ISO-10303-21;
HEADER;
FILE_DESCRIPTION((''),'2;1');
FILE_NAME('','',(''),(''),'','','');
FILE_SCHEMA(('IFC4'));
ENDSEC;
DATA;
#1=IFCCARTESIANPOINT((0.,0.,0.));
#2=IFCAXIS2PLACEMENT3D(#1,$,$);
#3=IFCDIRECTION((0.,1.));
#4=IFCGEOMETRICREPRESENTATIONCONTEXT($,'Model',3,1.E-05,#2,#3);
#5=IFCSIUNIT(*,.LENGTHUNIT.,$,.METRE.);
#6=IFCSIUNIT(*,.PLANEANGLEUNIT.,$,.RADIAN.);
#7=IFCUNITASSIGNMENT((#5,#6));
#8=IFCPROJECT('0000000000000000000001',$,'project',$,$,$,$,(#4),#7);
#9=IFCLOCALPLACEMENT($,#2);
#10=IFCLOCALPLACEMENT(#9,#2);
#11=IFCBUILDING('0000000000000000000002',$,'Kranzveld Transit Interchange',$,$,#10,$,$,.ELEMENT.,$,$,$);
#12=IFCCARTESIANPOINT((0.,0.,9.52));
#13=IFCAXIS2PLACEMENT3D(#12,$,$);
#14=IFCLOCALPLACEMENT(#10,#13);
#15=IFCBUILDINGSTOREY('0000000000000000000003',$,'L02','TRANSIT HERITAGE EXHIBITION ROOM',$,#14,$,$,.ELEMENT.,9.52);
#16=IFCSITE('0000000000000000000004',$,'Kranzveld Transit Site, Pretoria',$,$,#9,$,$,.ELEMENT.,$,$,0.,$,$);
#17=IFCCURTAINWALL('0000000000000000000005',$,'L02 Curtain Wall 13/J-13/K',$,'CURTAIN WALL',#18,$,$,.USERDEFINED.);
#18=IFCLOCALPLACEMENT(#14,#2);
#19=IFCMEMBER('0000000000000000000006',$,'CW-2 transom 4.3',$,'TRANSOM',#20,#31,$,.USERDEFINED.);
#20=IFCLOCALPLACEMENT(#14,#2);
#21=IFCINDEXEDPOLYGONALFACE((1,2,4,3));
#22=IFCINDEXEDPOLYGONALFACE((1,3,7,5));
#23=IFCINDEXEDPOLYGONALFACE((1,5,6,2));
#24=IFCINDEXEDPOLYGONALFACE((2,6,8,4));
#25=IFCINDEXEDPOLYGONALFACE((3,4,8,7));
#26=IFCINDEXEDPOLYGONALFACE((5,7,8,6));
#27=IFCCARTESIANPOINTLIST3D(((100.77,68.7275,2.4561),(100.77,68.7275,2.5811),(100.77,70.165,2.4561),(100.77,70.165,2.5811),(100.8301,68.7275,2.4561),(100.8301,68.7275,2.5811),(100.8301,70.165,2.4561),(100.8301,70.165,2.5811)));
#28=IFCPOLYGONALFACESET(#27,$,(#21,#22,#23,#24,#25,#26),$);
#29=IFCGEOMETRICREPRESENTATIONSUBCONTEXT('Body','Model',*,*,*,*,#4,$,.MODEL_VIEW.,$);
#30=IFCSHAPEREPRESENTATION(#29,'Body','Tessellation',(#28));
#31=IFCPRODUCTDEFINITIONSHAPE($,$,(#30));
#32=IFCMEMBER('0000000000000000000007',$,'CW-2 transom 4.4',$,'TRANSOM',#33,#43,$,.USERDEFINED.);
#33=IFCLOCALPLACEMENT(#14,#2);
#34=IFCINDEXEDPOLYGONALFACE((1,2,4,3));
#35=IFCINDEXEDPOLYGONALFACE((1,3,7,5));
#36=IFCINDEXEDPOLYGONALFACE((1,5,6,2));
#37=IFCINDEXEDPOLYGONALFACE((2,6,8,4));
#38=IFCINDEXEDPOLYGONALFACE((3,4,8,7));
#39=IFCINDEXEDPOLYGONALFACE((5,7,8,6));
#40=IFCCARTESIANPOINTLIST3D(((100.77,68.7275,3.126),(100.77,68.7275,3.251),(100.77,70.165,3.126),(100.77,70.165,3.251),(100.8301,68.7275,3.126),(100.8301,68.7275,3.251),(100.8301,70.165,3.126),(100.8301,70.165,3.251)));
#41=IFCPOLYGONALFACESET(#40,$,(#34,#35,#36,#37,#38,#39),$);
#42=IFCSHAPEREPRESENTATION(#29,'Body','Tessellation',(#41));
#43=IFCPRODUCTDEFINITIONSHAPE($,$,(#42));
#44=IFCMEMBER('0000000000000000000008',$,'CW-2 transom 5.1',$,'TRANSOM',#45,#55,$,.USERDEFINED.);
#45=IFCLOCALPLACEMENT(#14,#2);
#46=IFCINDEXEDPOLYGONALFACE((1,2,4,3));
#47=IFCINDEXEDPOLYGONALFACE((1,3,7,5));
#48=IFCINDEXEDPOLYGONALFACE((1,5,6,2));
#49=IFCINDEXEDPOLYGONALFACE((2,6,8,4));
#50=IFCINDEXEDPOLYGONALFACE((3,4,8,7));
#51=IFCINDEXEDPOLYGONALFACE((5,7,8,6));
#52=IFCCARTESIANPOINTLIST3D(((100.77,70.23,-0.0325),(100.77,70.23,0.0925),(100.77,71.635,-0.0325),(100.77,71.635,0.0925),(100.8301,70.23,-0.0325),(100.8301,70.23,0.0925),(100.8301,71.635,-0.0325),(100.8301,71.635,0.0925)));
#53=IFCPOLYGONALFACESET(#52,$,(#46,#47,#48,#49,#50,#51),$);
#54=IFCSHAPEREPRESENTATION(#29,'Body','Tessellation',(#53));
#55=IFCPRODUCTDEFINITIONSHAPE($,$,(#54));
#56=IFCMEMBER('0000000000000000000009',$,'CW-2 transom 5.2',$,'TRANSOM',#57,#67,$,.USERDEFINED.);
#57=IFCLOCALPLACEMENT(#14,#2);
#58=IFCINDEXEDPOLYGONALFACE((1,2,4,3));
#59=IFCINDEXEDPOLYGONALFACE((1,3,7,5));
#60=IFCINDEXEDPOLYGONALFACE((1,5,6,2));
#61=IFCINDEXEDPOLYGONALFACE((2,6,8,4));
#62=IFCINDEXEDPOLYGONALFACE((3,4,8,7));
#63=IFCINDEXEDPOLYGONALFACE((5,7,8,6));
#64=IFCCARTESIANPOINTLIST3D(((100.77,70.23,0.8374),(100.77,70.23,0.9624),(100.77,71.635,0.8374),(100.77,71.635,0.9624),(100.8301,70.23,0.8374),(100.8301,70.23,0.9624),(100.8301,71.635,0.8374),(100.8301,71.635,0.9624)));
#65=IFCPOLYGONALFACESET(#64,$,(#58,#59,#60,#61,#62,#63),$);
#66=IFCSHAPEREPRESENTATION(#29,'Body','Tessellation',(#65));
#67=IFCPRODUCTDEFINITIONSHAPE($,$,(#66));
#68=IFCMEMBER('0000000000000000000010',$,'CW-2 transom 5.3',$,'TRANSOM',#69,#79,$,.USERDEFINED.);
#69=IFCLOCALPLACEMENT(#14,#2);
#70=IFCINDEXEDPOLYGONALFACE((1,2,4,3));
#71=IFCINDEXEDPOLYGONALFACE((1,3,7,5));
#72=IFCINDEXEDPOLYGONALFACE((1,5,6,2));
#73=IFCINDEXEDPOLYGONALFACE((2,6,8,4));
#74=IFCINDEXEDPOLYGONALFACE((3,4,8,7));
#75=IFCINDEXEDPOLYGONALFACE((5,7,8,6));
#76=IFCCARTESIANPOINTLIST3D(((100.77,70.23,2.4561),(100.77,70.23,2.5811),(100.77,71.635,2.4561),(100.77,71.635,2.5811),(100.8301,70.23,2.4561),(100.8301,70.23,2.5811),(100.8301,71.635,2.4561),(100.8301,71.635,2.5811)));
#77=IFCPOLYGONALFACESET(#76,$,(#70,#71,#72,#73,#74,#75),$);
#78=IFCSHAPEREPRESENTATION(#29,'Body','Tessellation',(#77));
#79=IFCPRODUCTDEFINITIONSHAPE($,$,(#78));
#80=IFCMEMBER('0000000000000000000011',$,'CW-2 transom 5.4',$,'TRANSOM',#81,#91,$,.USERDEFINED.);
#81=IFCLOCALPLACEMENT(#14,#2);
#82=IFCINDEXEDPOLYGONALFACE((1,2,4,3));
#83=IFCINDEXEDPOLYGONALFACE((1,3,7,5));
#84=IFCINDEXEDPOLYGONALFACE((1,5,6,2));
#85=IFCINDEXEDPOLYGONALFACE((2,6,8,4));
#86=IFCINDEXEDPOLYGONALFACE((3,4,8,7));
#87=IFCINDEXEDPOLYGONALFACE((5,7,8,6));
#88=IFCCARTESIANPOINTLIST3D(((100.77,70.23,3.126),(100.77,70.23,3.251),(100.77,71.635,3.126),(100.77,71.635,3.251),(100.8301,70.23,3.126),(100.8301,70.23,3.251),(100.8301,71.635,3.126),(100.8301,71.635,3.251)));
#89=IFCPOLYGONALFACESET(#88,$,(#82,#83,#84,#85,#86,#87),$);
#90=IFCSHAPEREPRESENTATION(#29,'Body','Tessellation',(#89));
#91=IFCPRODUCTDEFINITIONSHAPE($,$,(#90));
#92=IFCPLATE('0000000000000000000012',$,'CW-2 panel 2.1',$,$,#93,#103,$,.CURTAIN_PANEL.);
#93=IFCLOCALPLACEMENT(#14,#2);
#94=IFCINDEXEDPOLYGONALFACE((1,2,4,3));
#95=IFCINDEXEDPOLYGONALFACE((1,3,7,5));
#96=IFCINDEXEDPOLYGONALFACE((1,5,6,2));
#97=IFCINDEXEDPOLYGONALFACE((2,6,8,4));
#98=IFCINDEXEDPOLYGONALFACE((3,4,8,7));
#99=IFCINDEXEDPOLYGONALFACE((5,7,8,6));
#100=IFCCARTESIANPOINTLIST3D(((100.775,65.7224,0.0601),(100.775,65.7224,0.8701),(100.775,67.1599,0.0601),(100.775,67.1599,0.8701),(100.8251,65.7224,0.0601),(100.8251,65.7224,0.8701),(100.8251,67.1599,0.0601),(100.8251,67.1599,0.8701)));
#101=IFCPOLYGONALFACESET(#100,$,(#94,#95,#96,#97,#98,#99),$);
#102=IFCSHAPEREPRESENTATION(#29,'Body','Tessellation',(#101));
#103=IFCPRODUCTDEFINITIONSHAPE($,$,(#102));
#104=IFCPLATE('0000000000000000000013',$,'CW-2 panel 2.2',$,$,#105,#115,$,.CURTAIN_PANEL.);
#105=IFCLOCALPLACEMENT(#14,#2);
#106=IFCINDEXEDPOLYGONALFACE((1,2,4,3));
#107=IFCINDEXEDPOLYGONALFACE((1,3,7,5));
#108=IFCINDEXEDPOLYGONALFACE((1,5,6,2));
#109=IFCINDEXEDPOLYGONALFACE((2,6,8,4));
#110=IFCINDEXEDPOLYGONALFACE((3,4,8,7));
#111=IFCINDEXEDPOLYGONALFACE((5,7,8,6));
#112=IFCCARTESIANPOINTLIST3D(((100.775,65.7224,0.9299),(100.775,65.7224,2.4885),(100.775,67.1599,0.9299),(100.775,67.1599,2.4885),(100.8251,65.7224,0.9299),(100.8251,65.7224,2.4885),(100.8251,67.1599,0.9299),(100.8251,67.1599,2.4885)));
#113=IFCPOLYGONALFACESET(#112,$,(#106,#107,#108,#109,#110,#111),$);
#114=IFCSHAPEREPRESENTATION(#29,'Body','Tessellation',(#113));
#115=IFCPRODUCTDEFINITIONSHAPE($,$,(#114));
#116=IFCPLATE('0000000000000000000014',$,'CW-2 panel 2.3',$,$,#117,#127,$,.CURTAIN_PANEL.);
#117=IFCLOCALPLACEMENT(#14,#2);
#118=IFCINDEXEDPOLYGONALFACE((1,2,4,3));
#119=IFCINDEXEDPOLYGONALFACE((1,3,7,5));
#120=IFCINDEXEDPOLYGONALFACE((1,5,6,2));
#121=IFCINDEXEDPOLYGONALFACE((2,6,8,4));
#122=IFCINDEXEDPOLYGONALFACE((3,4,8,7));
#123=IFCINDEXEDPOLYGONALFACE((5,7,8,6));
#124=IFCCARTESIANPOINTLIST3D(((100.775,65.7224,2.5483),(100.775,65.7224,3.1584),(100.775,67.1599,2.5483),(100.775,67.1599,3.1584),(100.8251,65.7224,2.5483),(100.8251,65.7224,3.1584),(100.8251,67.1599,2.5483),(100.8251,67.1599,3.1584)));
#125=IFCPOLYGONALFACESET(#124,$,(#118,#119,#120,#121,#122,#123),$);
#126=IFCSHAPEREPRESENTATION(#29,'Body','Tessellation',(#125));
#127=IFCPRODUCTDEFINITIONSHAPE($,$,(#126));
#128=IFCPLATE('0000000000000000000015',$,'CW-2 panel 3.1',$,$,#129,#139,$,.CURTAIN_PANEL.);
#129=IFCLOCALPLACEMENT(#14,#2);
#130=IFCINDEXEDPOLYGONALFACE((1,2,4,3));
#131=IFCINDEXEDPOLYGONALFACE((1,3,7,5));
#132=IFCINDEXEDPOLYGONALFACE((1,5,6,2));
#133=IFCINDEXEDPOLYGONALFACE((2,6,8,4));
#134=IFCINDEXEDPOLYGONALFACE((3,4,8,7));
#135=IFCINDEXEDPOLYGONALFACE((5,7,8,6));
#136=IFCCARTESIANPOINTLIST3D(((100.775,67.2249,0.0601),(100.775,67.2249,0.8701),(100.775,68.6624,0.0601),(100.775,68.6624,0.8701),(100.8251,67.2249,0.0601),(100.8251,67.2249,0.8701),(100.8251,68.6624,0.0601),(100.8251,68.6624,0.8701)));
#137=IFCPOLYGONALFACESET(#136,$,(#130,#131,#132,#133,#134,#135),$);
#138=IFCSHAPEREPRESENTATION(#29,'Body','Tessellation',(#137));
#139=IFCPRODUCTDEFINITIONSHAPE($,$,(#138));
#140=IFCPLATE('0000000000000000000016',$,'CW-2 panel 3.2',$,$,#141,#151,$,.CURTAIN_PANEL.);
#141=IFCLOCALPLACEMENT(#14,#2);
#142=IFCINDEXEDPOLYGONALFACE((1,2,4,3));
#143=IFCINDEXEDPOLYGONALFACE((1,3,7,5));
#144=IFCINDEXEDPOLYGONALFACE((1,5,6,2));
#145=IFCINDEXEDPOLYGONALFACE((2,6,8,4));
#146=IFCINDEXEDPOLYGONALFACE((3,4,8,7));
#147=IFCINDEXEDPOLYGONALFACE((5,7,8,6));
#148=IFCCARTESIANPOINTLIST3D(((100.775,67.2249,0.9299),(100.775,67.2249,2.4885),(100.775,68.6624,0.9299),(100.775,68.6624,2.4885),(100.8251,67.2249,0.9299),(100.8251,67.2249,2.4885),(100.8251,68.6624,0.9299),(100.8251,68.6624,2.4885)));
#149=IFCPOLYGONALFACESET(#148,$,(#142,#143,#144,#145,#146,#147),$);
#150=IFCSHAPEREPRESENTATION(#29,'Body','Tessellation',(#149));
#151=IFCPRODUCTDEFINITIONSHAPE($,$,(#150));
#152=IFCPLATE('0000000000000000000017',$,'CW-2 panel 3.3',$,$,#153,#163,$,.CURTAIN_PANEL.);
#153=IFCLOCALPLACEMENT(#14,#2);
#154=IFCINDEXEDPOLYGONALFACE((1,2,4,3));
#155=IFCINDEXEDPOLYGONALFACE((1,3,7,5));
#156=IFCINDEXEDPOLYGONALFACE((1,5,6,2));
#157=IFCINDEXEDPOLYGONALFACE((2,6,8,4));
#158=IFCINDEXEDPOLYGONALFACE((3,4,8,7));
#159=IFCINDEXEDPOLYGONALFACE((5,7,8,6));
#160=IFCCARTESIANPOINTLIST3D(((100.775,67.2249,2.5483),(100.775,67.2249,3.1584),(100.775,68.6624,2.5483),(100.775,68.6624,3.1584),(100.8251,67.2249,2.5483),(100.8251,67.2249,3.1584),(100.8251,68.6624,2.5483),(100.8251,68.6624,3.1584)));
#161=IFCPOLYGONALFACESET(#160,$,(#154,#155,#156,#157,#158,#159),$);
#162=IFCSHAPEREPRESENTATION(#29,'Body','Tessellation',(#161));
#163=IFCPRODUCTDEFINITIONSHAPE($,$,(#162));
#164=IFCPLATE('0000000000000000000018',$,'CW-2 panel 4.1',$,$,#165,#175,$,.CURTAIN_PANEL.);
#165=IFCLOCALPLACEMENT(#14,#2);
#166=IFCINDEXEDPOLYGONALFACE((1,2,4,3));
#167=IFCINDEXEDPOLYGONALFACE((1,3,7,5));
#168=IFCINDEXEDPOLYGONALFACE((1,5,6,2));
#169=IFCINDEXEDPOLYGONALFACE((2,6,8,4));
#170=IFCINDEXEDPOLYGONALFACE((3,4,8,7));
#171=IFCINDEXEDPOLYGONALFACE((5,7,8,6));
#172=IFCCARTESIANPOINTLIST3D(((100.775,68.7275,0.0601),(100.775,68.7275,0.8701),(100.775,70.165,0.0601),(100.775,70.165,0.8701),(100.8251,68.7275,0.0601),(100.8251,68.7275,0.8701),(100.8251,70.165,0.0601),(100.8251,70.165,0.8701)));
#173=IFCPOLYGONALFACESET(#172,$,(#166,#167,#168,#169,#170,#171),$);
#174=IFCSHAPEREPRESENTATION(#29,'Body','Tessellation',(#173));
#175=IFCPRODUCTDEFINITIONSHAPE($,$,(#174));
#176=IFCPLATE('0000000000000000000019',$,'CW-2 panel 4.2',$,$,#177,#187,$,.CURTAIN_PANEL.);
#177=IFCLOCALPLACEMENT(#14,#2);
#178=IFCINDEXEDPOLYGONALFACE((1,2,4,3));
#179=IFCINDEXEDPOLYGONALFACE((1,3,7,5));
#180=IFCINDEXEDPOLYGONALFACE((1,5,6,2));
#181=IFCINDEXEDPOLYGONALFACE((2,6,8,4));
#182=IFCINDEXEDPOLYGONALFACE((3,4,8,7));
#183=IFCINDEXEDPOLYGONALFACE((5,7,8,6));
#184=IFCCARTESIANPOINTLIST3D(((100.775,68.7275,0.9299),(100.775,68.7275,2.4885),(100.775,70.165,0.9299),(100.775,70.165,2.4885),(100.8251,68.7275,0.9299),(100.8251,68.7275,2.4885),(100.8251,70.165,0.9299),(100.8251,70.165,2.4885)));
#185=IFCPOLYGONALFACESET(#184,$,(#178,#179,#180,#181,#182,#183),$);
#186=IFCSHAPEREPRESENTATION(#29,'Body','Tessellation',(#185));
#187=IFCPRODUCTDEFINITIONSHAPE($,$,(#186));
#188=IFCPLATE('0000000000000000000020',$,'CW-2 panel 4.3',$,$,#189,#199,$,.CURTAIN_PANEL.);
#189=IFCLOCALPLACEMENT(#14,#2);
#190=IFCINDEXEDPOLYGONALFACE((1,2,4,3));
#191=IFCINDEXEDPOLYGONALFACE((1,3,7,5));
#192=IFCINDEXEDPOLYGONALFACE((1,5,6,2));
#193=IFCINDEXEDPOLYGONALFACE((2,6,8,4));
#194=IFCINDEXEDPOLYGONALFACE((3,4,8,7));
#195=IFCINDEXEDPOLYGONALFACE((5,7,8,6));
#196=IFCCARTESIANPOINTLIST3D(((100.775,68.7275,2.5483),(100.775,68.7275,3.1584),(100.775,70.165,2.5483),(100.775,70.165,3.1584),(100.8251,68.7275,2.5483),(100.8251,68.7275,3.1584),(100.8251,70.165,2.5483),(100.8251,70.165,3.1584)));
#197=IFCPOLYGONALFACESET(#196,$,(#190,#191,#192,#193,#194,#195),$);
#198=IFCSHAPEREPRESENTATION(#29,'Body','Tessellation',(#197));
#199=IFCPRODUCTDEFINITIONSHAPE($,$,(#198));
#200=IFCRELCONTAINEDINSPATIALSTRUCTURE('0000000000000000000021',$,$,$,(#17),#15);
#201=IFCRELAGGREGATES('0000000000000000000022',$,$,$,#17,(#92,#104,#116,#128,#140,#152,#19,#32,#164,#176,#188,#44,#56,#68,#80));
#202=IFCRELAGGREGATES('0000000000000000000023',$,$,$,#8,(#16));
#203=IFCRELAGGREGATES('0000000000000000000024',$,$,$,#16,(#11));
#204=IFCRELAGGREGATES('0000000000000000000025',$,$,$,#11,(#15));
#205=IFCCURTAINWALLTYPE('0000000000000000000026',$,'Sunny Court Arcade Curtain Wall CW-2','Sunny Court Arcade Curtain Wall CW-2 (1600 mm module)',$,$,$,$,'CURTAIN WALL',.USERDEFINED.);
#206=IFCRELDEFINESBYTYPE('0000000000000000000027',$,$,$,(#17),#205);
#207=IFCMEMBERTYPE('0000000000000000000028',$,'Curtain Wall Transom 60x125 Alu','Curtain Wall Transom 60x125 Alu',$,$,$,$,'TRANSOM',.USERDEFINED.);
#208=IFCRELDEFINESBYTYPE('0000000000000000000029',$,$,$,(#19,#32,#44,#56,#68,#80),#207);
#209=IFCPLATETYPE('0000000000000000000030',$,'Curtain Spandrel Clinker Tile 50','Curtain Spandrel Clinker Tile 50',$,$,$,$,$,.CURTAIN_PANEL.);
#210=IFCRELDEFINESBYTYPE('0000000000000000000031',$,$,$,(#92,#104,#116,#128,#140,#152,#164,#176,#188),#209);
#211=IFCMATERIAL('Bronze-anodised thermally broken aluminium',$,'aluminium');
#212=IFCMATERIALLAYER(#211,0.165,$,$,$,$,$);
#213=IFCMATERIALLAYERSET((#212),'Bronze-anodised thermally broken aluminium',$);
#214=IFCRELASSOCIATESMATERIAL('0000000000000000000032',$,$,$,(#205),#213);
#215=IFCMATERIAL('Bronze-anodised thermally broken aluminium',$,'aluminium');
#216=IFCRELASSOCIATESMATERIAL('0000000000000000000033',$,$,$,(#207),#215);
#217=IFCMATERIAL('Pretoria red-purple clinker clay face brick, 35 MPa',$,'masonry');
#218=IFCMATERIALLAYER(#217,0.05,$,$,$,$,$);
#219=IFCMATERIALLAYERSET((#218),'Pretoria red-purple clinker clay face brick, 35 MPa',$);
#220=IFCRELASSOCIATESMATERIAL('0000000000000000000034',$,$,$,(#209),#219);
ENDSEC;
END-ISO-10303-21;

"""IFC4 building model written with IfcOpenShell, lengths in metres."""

from ifc_helpers import new_model, si_unit, direction, frame, origin, origin_2d, place, context, subcontext, project, spatial, rectangle, extrude, material, layer, layer_set, material_profile, profile_set, type_object, element, aggregate, save


model = new_model("IFC4")

# Units and contexts
model_context = context("Model", 3, precision=1e-05, world=origin(), true_north=direction((0.0, 1.0)))
body_context = subcontext(model_context, "Body", "Model", "MODEL_VIEW")
ifc_project = project(units=[si_unit("LENGTHUNIT", "METRE"), si_unit("PLANEANGLEUNIT", "RADIAN")], contexts=[model_context])

# Site, building, storey
site_placement = place(None, origin())
site = spatial("IfcSite", under=ifc_project, at=site_placement, Name="Kranzveld Transit Site, Pretoria", CompositionType="ELEMENT", RefElevation=0.0)
building_placement = place(site_placement, origin())
building = spatial("IfcBuilding", under=site, at=building_placement, Name="Kranzveld Transit Interchange", CompositionType="ELEMENT")
storey_placement = place(building_placement, frame((0.0, 0.0, 9.52)))
storey = spatial("IfcBuildingStorey", under=building, at=storey_placement, Name="L02", Description="TRANSIT HERITAGE EXHIBITION ROOM", CompositionType="ELEMENT", Elevation=9.52)

# Curtain wall, members, plates
ifc_material_1 = material(Name="Bronze-anodised thermally broken aluminium", Category="aluminium")
ifc_layer_1 = layer(ifc_material_1, 0.165)
ifc_layer_set_1 = layer_set([ifc_layer_1], Name="Bronze-anodised thermally broken aluminium")
curtain_wall_type = type_object("IfcCurtainWallType", Name="Sunny Court Arcade Curtain Wall CW-2", Description="Sunny Court Arcade Curtain Wall CW-2 (1600 mm module)", ElementType="CURTAIN WALL", PredefinedType="USERDEFINED", material=ifc_layer_set_1)
curtain_wall_placement = place(storey_placement, origin())
curtain_wall = element("IfcCurtainWall", 1, at=curtain_wall_placement, inside=storey, type_object=curtain_wall_type, Name="L02 Curtain Wall 13/J-13/K", ObjectType="CURTAIN WALL", PredefinedType="USERDEFINED")
ifc_material_2 = material(Name="Bronze-anodised thermally broken aluminium", Category="aluminium")
ifc_material_profile_1 = material_profile(ifc_material_2, rectangle(XDim=0.0601, YDim=0.125, at=origin_2d()), Name="ALU TRANSOM 60x125")
ifc_profile_set_1 = profile_set([ifc_material_profile_1], Name="Bronze-anodised thermally broken aluminium")
member_type_1 = type_object("IfcMemberType", Name="Curtain Wall Transom 60x125 Alu", Description="Curtain Wall Transom 60x125 Alu", ElementType="TRANSOM", PredefinedType="USERDEFINED", material=ifc_profile_set_1)
member_1_placement = place(storey_placement, frame((100.8, 68.7275, 2.5186), z_axis=(0.0, 1.0, 0.0), x_axis=(-1.0, 0.0, 0.0)))
member_1 = element("IfcMember", 2, at=member_1_placement, type_object=member_type_1, Name="CW-2 transom 4.3", ObjectType="TRANSOM", PredefinedType="USERDEFINED", context=body_context, shape_type="SweptSolid", body=[
    extrude(rectangle(XDim=0.0601, YDim=0.125, at=origin_2d()), origin(), (0.0, 0.0, 1.0), 1.4375),
])
member_2_placement = place(storey_placement, frame((100.8, 68.7275, 3.1885), z_axis=(0.0, 1.0, 0.0), x_axis=(-1.0, 0.0, 0.0)))
member_2 = element("IfcMember", 3, at=member_2_placement, type_object=member_type_1, Name="CW-2 transom 4.4", ObjectType="TRANSOM", PredefinedType="USERDEFINED", context=body_context, shape_type="SweptSolid", body=[
    extrude(rectangle(XDim=0.0601, YDim=0.125, at=origin_2d()), origin(), (0.0, 0.0, 1.0), 1.4375),
])
member_3_placement = place(storey_placement, frame((100.8, 70.23, 0.03), z_axis=(0.0, 1.0, 0.0), x_axis=(-1.0, 0.0, 0.0)))
member_3 = element("IfcMember", 4, at=member_3_placement, type_object=member_type_1, Name="CW-2 transom 5.1", ObjectType="TRANSOM", PredefinedType="USERDEFINED", context=body_context, shape_type="SweptSolid", body=[
    extrude(rectangle(XDim=0.0601, YDim=0.125, at=origin_2d()), origin(), (0.0, 0.0, 1.0), 1.405),
])
member_4_placement = place(storey_placement, frame((100.8, 70.23, 0.8999), z_axis=(0.0, 1.0, 0.0), x_axis=(-1.0, 0.0, 0.0)))
member_4 = element("IfcMember", 5, at=member_4_placement, type_object=member_type_1, Name="CW-2 transom 5.2", ObjectType="TRANSOM", PredefinedType="USERDEFINED", context=body_context, shape_type="SweptSolid", body=[
    extrude(rectangle(XDim=0.0601, YDim=0.125, at=origin_2d()), origin(), (0.0, 0.0, 1.0), 1.405),
])
member_5_placement = place(storey_placement, frame((100.8, 70.23, 2.5186), z_axis=(0.0, 1.0, 0.0), x_axis=(-1.0, 0.0, 0.0)))
member_5 = element("IfcMember", 6, at=member_5_placement, type_object=member_type_1, Name="CW-2 transom 5.3", ObjectType="TRANSOM", PredefinedType="USERDEFINED", context=body_context, shape_type="SweptSolid", body=[
    extrude(rectangle(XDim=0.0601, YDim=0.125, at=origin_2d()), origin(), (0.0, 0.0, 1.0), 1.405),
])
member_6_placement = place(storey_placement, frame((100.8, 70.23, 3.1885), z_axis=(0.0, 1.0, 0.0), x_axis=(-1.0, 0.0, 0.0)))
member_6 = element("IfcMember", 7, at=member_6_placement, type_object=member_type_1, Name="CW-2 transom 5.4", ObjectType="TRANSOM", PredefinedType="USERDEFINED", context=body_context, shape_type="SweptSolid", body=[
    extrude(rectangle(XDim=0.0601, YDim=0.125, at=origin_2d()), origin(), (0.0, 0.0, 1.0), 1.405),
])
ifc_material_3 = material(Name="Pretoria red-purple clinker clay face brick, 35 MPa", Category="masonry")
ifc_layer_2 = layer(ifc_material_3, 0.05)
ifc_layer_set_2 = layer_set([ifc_layer_2], Name="Pretoria red-purple clinker clay face brick, 35 MPa")
plate_type = type_object("IfcPlateType", Name="Curtain Spandrel Clinker Tile 50", Description="Curtain Spandrel Clinker Tile 50", PredefinedType="CURTAIN_PANEL", material=ifc_layer_set_2)
plate_1_placement = place(storey_placement, frame((100.8, 66.4412, 0.0601), z_axis=(0.0, 0.0, 1.0), x_axis=(0.0, 1.0, 0.0)))
plate_1 = element("IfcPlate", 8, at=plate_1_placement, type_object=plate_type, Name="CW-2 panel 2.1", PredefinedType="CURTAIN_PANEL", context=body_context, shape_type="SweptSolid", body=[
    extrude(rectangle(XDim=1.4375, YDim=0.05, at=origin_2d()), origin(), (0.0, 0.0, 1.0), 0.8101),
])
plate_2_placement = place(storey_placement, frame((100.8, 66.4412, 0.9299), z_axis=(0.0, 0.0, 1.0), x_axis=(0.0, 1.0, 0.0)))
plate_2 = element("IfcPlate", 9, at=plate_2_placement, type_object=plate_type, Name="CW-2 panel 2.2", PredefinedType="CURTAIN_PANEL", context=body_context, shape_type="SweptSolid", body=[
    extrude(rectangle(XDim=1.4375, YDim=0.05, at=origin_2d()), origin(), (0.0, 0.0, 1.0), 1.5586),
])
plate_3_placement = place(storey_placement, frame((100.8, 66.4412, 2.5483), z_axis=(0.0, 0.0, 1.0), x_axis=(0.0, 1.0, 0.0)))
plate_3 = element("IfcPlate", 10, at=plate_3_placement, type_object=plate_type, Name="CW-2 panel 2.3", PredefinedType="CURTAIN_PANEL", context=body_context, shape_type="SweptSolid", body=[
    extrude(rectangle(XDim=1.4375, YDim=0.05, at=origin_2d()), origin(), (0.0, 0.0, 1.0), 0.6101),
])
plate_4_placement = place(storey_placement, frame((100.8, 67.9436, 0.0601), z_axis=(0.0, 0.0, 1.0), x_axis=(0.0, 1.0, 0.0)))
plate_4 = element("IfcPlate", 11, at=plate_4_placement, type_object=plate_type, Name="CW-2 panel 3.1", PredefinedType="CURTAIN_PANEL", context=body_context, shape_type="SweptSolid", body=[
    extrude(rectangle(XDim=1.4375, YDim=0.05, at=origin_2d()), origin(), (0.0, 0.0, 1.0), 0.8101),
])
plate_5_placement = place(storey_placement, frame((100.8, 67.9436, 0.9299), z_axis=(0.0, 0.0, 1.0), x_axis=(0.0, 1.0, 0.0)))
plate_5 = element("IfcPlate", 12, at=plate_5_placement, type_object=plate_type, Name="CW-2 panel 3.2", PredefinedType="CURTAIN_PANEL", context=body_context, shape_type="SweptSolid", body=[
    extrude(rectangle(XDim=1.4375, YDim=0.05, at=origin_2d()), origin(), (0.0, 0.0, 1.0), 1.5586),
])
plate_6_placement = place(storey_placement, frame((100.8, 67.9436, 2.5483), z_axis=(0.0, 0.0, 1.0), x_axis=(0.0, 1.0, 0.0)))
plate_6 = element("IfcPlate", 13, at=plate_6_placement, type_object=plate_type, Name="CW-2 panel 3.3", PredefinedType="CURTAIN_PANEL", context=body_context, shape_type="SweptSolid", body=[
    extrude(rectangle(XDim=1.4375, YDim=0.05, at=origin_2d()), origin(), (0.0, 0.0, 1.0), 0.6101),
])
plate_7_placement = place(storey_placement, frame((100.8, 69.4463, 0.0601), z_axis=(0.0, 0.0, 1.0), x_axis=(0.0, 1.0, 0.0)))
plate_7 = element("IfcPlate", 14, at=plate_7_placement, type_object=plate_type, Name="CW-2 panel 4.1", PredefinedType="CURTAIN_PANEL", context=body_context, shape_type="SweptSolid", body=[
    extrude(rectangle(XDim=1.4375, YDim=0.05, at=origin_2d()), origin(), (0.0, 0.0, 1.0), 0.8101),
])
plate_8_placement = place(storey_placement, frame((100.8, 69.4463, 0.9299), z_axis=(0.0, 0.0, 1.0), x_axis=(0.0, 1.0, 0.0)))
plate_8 = element("IfcPlate", 15, at=plate_8_placement, type_object=plate_type, Name="CW-2 panel 4.2", PredefinedType="CURTAIN_PANEL", context=body_context, shape_type="SweptSolid", body=[
    extrude(rectangle(XDim=1.4375, YDim=0.05, at=origin_2d()), origin(), (0.0, 0.0, 1.0), 1.5586),
])
plate_9_placement = place(storey_placement, frame((100.8, 69.4463, 2.5483), z_axis=(0.0, 0.0, 1.0), x_axis=(0.0, 1.0, 0.0)))
plate_9 = element("IfcPlate", 16, at=plate_9_placement, type_object=plate_type, Name="CW-2 panel 4.3", PredefinedType="CURTAIN_PANEL", context=body_context, shape_type="SweptSolid", body=[
    extrude(rectangle(XDim=1.4375, YDim=0.05, at=origin_2d()), origin(), (0.0, 0.0, 1.0), 0.6101),
])
aggregate(curtain_wall, [plate_1, plate_2, plate_3, plate_4, plate_5, plate_6, member_1, member_2, plate_7, plate_8, plate_9, member_3, member_4, member_5, member_6])

save(model, "model.ifc")
